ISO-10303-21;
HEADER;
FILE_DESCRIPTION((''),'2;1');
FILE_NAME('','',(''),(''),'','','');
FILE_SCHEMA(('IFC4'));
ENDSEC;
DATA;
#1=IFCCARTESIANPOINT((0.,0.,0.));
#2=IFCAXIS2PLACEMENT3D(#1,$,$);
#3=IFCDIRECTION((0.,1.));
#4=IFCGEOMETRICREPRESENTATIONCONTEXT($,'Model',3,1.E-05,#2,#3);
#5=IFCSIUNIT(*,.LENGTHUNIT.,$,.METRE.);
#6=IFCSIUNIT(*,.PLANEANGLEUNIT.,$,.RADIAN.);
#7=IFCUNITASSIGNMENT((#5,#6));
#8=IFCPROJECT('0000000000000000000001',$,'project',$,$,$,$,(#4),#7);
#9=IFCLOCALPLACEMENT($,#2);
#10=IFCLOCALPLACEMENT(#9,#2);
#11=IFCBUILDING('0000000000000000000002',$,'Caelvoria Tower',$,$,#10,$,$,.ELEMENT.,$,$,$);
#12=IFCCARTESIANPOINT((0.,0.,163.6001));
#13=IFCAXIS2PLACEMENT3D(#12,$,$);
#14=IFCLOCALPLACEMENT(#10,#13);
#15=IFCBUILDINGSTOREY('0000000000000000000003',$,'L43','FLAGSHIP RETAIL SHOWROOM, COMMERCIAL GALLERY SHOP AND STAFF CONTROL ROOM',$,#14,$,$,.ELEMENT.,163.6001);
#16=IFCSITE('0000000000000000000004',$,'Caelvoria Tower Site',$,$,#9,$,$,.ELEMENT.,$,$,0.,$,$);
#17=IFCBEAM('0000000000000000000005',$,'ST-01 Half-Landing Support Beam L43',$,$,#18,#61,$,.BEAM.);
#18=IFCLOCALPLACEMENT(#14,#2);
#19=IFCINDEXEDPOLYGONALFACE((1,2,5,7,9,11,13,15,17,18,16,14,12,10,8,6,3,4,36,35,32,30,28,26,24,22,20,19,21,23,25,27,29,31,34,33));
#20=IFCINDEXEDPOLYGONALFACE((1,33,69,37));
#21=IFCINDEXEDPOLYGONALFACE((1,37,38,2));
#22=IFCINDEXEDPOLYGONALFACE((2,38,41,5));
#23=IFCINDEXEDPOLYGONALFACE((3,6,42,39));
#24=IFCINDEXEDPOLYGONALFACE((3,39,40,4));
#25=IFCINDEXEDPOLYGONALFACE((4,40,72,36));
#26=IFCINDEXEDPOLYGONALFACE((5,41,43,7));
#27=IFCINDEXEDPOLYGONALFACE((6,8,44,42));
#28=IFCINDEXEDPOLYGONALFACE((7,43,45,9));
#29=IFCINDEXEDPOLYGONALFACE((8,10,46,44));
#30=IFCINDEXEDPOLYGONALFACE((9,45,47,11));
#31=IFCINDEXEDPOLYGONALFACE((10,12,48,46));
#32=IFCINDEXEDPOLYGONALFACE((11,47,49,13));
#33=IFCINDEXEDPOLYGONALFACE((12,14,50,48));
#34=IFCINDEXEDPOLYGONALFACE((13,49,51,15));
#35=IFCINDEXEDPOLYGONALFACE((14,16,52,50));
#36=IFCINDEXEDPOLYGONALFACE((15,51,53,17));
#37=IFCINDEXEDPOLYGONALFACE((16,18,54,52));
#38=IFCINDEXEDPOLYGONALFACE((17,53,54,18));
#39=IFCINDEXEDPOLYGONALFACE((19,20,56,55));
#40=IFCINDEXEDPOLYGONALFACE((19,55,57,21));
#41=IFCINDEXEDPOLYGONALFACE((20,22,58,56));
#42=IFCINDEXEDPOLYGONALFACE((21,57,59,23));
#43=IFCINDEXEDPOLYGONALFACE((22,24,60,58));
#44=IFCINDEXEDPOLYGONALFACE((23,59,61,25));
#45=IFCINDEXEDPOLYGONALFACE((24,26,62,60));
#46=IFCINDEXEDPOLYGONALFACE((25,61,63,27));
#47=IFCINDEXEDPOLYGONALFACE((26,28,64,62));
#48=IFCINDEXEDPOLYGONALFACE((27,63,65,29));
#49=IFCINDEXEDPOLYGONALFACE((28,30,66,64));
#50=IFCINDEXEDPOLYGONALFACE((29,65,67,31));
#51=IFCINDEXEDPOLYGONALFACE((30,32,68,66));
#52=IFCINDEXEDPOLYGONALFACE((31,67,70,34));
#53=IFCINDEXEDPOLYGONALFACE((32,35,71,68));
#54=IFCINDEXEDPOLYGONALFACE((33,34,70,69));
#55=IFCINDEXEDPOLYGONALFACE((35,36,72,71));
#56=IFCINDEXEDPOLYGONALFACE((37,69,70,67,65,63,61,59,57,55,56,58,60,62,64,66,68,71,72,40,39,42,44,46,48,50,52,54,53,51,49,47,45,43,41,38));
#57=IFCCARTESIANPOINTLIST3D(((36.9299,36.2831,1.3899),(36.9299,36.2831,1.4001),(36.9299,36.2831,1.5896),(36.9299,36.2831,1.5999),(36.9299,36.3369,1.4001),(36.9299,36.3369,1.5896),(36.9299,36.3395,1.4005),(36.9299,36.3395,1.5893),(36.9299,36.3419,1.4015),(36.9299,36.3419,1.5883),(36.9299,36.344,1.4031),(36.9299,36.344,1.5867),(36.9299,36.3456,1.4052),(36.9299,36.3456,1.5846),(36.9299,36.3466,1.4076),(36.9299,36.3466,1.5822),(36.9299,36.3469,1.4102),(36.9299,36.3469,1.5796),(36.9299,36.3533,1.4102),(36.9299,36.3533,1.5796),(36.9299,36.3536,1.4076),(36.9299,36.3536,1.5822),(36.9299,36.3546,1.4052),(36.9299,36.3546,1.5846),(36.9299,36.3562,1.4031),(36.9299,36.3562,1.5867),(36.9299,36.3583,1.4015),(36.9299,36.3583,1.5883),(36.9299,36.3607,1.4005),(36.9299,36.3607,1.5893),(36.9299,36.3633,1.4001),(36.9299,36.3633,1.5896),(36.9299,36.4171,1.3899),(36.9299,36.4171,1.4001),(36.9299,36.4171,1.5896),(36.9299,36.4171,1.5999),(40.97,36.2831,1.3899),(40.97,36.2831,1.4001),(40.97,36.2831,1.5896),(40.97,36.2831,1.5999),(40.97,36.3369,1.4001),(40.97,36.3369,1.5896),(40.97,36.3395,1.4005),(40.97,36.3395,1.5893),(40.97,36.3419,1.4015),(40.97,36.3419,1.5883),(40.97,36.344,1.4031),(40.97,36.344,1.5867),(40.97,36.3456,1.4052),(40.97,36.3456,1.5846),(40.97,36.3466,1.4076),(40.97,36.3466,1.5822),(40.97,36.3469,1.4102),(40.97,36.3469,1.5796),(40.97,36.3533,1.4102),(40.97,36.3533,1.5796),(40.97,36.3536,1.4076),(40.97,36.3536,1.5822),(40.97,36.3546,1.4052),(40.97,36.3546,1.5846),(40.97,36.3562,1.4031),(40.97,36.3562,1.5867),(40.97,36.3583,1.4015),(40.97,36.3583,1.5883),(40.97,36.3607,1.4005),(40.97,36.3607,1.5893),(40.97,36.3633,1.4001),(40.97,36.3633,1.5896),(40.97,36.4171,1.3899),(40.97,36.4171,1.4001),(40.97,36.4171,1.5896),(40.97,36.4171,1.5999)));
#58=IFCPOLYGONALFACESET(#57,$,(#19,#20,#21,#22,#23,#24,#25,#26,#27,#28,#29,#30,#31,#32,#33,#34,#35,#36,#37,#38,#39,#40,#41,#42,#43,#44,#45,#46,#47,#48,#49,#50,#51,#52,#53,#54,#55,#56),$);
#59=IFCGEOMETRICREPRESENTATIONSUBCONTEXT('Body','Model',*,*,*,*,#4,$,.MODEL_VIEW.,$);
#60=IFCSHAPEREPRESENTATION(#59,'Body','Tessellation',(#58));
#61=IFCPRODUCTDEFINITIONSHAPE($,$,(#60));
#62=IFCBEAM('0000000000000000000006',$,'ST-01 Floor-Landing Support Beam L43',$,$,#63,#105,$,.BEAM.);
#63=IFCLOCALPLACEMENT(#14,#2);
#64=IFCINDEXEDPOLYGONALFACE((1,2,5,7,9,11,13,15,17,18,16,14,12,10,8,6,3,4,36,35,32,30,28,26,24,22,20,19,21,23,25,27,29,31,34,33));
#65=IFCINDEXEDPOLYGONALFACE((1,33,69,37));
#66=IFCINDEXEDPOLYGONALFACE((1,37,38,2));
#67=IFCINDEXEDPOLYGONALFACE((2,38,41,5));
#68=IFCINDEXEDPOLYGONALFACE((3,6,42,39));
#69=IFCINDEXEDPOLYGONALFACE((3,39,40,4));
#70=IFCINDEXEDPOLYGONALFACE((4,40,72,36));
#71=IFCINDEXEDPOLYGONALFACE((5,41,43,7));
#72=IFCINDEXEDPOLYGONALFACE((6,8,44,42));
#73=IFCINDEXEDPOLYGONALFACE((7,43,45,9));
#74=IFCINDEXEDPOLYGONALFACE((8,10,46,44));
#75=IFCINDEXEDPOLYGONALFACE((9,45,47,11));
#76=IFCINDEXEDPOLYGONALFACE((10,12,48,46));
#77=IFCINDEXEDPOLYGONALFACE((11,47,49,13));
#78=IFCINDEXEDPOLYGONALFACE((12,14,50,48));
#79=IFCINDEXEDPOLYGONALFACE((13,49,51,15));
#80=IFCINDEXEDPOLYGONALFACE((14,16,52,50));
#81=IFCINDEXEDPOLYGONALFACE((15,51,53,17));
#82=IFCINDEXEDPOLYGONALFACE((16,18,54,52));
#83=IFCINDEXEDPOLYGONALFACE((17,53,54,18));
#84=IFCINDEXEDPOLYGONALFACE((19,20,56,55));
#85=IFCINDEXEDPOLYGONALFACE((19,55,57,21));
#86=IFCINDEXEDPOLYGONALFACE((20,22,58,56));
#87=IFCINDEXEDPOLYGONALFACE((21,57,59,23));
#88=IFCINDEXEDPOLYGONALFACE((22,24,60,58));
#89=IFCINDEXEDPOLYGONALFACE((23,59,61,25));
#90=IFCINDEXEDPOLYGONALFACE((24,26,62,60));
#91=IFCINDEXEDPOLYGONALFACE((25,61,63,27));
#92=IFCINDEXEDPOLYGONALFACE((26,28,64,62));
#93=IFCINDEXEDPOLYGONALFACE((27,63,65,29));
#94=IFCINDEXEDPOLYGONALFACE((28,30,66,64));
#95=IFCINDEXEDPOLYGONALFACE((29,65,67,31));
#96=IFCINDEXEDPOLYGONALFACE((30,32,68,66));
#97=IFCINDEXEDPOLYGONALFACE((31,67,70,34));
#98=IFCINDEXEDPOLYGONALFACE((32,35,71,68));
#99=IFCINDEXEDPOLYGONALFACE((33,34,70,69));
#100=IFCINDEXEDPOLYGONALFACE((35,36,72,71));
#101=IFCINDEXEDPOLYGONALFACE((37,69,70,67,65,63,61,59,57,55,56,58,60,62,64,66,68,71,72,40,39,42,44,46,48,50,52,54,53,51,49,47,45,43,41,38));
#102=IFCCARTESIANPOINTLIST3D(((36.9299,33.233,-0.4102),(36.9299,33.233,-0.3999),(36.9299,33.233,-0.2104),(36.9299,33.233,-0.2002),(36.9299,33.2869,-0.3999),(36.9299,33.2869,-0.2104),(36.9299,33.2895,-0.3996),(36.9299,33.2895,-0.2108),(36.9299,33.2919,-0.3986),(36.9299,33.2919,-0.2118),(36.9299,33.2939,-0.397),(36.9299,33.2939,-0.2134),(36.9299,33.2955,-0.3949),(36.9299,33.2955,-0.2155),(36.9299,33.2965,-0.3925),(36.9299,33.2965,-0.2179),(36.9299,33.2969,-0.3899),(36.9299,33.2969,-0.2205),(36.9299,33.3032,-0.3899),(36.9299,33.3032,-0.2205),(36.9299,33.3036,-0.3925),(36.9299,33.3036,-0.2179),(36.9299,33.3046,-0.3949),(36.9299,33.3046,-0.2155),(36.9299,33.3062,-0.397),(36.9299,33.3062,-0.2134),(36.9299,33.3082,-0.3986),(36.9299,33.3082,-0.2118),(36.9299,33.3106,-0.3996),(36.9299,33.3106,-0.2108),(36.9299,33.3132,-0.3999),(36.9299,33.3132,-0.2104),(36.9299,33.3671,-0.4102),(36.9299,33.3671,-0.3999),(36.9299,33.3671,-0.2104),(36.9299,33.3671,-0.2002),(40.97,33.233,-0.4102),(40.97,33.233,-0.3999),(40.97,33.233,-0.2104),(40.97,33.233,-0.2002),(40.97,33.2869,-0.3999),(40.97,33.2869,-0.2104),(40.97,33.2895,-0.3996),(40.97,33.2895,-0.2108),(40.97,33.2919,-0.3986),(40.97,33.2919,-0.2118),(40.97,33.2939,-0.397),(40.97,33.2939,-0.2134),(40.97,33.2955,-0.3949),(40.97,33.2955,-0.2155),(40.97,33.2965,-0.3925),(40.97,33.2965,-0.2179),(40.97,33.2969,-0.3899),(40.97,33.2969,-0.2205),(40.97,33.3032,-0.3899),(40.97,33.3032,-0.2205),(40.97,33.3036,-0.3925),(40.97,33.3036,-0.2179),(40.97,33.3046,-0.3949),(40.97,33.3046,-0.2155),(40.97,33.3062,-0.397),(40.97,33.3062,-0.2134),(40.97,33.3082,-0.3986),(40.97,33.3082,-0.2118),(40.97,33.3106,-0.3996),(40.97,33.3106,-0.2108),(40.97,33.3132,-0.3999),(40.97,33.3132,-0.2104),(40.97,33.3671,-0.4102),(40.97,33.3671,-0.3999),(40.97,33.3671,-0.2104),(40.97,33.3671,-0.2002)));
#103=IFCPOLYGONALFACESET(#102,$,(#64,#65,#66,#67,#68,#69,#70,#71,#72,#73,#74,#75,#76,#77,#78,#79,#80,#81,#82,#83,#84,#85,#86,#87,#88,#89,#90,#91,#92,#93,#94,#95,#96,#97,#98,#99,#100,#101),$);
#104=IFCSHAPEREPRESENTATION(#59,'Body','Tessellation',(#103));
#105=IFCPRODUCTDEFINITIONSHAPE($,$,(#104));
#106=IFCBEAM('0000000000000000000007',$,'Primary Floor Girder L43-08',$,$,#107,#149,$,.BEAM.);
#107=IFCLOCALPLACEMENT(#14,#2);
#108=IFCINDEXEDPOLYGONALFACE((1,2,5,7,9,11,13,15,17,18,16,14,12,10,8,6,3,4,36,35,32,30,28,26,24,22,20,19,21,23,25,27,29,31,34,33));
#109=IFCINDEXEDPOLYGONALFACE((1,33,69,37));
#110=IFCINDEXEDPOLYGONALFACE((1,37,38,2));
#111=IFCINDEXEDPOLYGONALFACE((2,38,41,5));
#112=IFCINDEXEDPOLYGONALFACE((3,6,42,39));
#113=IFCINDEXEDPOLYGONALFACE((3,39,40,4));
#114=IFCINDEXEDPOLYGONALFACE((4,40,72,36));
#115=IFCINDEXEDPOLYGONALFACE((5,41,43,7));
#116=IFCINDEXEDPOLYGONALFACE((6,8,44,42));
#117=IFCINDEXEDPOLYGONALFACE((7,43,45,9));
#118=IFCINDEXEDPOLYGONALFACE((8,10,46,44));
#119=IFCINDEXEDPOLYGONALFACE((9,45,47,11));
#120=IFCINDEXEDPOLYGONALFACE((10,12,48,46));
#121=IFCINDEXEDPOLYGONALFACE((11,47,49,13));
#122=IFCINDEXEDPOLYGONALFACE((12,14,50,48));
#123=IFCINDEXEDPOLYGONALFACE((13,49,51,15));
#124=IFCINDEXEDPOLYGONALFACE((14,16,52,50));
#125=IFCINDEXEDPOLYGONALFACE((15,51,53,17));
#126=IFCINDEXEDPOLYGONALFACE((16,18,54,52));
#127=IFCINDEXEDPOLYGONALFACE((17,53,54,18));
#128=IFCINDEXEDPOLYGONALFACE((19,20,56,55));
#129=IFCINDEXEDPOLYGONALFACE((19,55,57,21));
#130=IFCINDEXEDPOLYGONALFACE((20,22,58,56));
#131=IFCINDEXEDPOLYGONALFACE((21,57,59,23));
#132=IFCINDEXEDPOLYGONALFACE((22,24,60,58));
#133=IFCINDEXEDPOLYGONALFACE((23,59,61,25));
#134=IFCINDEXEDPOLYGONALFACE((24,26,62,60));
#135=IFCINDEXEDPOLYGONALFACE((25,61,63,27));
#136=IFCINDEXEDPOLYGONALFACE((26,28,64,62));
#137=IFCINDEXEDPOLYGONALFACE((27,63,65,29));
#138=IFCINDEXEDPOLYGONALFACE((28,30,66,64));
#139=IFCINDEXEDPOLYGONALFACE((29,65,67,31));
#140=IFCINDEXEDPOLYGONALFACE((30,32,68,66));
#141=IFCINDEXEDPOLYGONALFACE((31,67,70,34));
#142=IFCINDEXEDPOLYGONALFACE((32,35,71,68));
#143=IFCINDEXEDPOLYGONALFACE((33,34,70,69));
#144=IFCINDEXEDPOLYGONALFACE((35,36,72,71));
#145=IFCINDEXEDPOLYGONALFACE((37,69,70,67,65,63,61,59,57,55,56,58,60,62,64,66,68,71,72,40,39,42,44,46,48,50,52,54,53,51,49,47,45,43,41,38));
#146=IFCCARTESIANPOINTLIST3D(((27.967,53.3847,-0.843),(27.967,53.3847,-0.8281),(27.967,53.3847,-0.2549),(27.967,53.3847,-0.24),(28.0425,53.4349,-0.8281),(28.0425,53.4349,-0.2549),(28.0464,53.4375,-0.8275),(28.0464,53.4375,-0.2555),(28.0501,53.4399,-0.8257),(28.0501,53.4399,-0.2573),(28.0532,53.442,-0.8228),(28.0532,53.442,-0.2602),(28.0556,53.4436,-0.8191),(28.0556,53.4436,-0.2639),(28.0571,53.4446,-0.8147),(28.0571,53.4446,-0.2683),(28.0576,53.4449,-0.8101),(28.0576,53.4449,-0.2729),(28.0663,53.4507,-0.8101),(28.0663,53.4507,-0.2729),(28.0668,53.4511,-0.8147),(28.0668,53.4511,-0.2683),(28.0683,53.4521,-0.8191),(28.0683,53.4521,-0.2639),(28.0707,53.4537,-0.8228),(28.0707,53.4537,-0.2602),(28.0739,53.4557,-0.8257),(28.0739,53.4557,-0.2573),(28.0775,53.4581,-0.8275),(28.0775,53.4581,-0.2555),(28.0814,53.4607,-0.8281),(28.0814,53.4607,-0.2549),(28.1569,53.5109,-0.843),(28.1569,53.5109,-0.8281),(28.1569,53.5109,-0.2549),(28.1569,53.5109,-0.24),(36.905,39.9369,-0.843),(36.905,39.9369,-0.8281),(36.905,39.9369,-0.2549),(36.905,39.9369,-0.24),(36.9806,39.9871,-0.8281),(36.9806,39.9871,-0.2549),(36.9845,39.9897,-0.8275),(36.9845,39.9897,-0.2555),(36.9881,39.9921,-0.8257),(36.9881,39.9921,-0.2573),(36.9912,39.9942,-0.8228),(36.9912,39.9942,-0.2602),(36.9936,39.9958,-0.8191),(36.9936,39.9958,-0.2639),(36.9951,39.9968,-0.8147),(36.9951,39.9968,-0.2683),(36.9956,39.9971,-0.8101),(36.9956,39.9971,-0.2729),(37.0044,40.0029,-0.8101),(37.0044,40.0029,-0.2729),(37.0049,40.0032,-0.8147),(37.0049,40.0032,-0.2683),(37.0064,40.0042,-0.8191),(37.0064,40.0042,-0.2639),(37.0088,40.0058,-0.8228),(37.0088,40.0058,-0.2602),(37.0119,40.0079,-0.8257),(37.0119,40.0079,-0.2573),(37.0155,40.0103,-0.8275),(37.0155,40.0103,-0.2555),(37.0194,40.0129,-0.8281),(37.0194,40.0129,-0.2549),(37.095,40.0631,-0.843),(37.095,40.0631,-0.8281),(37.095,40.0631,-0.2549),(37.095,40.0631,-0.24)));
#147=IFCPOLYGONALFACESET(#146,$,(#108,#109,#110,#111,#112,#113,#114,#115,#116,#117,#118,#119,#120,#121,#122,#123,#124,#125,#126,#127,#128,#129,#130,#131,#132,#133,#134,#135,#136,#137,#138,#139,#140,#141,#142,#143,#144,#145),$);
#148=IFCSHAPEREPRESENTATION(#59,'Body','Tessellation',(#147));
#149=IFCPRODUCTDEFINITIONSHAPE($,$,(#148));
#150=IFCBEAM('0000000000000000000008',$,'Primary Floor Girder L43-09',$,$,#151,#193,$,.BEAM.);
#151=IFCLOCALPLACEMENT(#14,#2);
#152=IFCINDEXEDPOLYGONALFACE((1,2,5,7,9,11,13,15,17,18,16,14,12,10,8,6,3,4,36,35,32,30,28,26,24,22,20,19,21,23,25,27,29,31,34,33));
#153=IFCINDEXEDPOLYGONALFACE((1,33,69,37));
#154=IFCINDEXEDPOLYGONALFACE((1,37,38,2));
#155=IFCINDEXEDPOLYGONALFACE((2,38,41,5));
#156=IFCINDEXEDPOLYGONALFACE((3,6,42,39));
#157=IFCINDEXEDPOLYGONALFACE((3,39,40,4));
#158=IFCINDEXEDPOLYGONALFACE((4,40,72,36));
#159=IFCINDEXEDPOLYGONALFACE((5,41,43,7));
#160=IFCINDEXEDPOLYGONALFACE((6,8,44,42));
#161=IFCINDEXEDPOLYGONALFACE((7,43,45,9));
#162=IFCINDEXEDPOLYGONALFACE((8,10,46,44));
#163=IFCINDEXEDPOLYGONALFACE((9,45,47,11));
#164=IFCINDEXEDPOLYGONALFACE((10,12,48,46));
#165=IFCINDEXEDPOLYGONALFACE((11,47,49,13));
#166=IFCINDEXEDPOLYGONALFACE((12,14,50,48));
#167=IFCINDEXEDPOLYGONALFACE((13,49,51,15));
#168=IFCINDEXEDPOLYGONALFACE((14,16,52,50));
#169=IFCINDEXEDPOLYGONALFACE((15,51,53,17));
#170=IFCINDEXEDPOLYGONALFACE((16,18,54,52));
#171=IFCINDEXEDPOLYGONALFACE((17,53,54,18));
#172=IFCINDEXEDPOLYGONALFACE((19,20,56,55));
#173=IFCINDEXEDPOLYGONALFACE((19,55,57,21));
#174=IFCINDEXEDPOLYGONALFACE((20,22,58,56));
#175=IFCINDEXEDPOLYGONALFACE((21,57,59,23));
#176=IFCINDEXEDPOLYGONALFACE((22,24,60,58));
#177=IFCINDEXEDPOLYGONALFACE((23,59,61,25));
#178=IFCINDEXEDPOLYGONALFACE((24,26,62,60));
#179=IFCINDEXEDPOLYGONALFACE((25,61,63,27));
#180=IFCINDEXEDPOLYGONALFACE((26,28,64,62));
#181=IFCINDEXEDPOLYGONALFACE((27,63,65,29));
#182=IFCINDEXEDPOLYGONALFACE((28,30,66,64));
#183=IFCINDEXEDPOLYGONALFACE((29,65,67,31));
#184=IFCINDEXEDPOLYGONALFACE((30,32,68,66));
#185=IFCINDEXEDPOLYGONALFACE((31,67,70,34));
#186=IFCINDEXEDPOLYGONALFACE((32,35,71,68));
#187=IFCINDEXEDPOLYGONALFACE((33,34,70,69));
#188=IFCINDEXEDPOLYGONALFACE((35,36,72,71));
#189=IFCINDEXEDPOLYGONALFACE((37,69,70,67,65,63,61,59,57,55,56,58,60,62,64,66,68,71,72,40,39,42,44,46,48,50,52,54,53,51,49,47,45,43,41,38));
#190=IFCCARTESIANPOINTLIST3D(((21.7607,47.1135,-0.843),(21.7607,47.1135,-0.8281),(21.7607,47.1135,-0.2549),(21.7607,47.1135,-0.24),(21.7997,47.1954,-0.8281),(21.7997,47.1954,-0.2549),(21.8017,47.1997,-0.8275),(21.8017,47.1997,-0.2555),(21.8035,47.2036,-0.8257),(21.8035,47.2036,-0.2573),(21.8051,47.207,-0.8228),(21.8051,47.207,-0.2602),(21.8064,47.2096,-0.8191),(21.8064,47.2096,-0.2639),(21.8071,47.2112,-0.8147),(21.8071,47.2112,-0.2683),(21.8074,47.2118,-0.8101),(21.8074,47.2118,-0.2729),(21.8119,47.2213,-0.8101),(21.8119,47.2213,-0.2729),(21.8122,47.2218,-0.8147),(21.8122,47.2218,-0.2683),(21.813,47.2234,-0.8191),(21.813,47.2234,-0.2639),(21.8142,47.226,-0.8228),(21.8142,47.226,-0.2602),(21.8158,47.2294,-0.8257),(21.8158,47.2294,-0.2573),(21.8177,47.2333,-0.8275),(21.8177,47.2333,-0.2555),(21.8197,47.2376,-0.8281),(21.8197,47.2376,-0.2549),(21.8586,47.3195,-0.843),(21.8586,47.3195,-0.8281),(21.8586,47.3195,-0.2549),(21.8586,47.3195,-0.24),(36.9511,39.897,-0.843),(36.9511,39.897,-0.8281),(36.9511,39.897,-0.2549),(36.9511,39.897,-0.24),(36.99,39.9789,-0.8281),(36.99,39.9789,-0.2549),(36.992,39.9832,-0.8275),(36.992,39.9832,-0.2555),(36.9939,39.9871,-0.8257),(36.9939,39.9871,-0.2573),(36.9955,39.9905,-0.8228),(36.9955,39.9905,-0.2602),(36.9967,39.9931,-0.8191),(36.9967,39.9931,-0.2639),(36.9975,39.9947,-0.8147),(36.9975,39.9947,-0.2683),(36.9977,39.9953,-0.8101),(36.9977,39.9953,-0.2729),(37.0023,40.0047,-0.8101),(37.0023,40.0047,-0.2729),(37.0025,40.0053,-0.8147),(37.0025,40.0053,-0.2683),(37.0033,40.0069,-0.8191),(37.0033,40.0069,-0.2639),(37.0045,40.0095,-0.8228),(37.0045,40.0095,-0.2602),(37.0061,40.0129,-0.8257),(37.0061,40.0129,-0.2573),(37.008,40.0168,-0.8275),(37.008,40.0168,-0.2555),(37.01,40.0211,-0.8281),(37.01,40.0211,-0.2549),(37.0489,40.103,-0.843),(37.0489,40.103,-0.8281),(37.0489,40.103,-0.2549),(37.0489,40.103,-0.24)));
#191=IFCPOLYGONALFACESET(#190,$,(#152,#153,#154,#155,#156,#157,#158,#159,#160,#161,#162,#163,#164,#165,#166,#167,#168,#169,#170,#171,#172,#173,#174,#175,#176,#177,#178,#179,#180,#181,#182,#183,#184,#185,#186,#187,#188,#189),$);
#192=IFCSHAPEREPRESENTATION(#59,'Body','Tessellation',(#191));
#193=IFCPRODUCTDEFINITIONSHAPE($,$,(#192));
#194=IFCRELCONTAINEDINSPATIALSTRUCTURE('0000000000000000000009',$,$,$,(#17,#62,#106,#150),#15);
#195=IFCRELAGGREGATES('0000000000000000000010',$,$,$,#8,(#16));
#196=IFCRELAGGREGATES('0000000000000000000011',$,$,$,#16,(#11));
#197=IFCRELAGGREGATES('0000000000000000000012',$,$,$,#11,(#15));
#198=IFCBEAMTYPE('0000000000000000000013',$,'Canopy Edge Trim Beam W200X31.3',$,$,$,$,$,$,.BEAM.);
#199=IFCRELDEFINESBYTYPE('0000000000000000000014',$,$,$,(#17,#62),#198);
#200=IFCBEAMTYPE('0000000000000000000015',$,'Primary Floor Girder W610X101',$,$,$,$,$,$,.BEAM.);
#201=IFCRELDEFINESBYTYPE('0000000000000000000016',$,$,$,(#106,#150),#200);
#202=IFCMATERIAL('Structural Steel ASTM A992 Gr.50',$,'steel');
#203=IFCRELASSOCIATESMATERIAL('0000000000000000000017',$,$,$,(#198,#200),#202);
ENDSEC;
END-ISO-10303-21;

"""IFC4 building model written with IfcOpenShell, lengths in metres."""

from ifc_helpers import new_model, si_unit, direction, frame, origin, origin_2d, place, context, subcontext, project, spatial, i_section, extrude, material, material_profile, profile_set, type_object, element, save


model = new_model("IFC4")

# Units and contexts
model_context = context("Model", 3, precision=1e-05, world=origin(), true_north=direction((0.0, 1.0)))
body_context = subcontext(model_context, "Body", "Model", "MODEL_VIEW")
ifc_project = project(units=[si_unit("LENGTHUNIT", "METRE"), si_unit("PLANEANGLEUNIT", "RADIAN")], contexts=[model_context])

# Site, building, storey
site_placement = place(None, origin())
site = spatial("IfcSite", under=ifc_project, at=site_placement, Name="Caelvoria Tower Site", CompositionType="ELEMENT", RefElevation=0.0)
building_placement = place(site_placement, origin())
building = spatial("IfcBuilding", under=site, at=building_placement, Name="Caelvoria Tower", CompositionType="ELEMENT")
storey_placement = place(building_placement, frame((0.0, 0.0, 163.6001)))
storey = spatial("IfcBuildingStorey", under=building, at=storey_placement, Name="L43", Description="FLAGSHIP RETAIL SHOWROOM, COMMERCIAL GALLERY SHOP AND STAFF CONTROL ROOM", CompositionType="ELEMENT", Elevation=163.6001)

# Beams
ifc_material_1 = material(Name="Structural Steel ASTM A992 Gr.50", Category="steel")
ifc_material_profile_1 = material_profile(ifc_material_1, i_section(OverallWidth=0.134, OverallDepth=0.21, WebThickness=0.0063, FlangeThickness=0.0103, FilletRadius=0.01, at=origin_2d()), Name="Structural Steel ASTM A992 Gr.50")
ifc_profile_set_1 = profile_set([ifc_material_profile_1], Name="W200X31.3 - Structural Steel ASTM A992 Gr.50")
beam_type_1 = type_object("IfcBeamType", Name="Canopy Edge Trim Beam W200X31.3", PredefinedType="BEAM", material=ifc_profile_set_1)
for number, where, z_axis, x_axis, name in (
    (1, (36.9299, 36.3501, 1.4949), (1.0, 0.0, 0.0), (0.0, 1.0, 0.0), "ST-01 Half-Landing Support Beam L43"),
    (2, (36.9299, 33.3, -0.3052), (1.0, 0.0, 0.0), (0.0, 1.0, 0.0), "ST-01 Floor-Landing Support Beam L43"),
):
    element("IfcBeam", number, at=place(storey_placement, frame(where, z_axis=z_axis, x_axis=x_axis)), inside=storey, type_object=beam_type_1, Name=name, PredefinedType="BEAM", context=body_context, shape_type="SweptSolid", body=[
        extrude(i_section(OverallWidth=0.134, OverallDepth=0.21, WebThickness=0.0063, FlangeThickness=0.0103, FilletRadius=0.01, at=origin_2d()), origin(), (0.0, 0.0, 1.0), 4.04),
    ])
ifc_material_profile_2 = material_profile(ifc_material_1, i_section(OverallWidth=0.228, OverallDepth=0.603, WebThickness=0.0105, FlangeThickness=0.0149, FilletRadius=0.0181, at=origin_2d()), Name="Structural Steel ASTM A992 Gr.50")
ifc_profile_set_2 = profile_set([ifc_material_profile_2], Name="W610X101 - Structural Steel ASTM A992 Gr.50")
beam_type_2 = type_object("IfcBeamType", Name="Primary Floor Girder W610X101", PredefinedType="BEAM", material=ifc_profile_set_2)
beam_1_placement = place(storey_placement, frame((37.0, 40.0, -0.5415), z_axis=(-0.553534, 0.832826, 0.0), x_axis=(-0.832826, -0.553534, 0.0)))
element("IfcBeam", 3, at=beam_1_placement, inside=storey, type_object=beam_type_2, Name="Primary Floor Girder L43-08", PredefinedType="BEAM", context=body_context, shape_type="SweptSolid", body=[
    extrude(i_section(OverallWidth=0.228, OverallDepth=0.603, WebThickness=0.0105, FlangeThickness=0.0149, FilletRadius=0.0181, at=origin_2d()), origin(), (0.0, 0.0, 1.0), 16.1472),
])
beam_2_placement = place(storey_placement, frame((37.0, 40.0, -0.5415), z_axis=(-0.903252, 0.42911, 0.0), x_axis=(-0.42911, -0.903252, 0.0)))
element("IfcBeam", 4, at=beam_2_placement, inside=storey, type_object=beam_type_2, Name="Primary Floor Girder L43-09", PredefinedType="BEAM", context=body_context, shape_type="SweptSolid", body=[
    extrude(i_section(OverallWidth=0.228, OverallDepth=0.603, WebThickness=0.0105, FlangeThickness=0.0149, FilletRadius=0.0181, at=origin_2d()), origin(), (0.0, 0.0, 1.0), 16.8174),
])

save(model, "model.ifc")
